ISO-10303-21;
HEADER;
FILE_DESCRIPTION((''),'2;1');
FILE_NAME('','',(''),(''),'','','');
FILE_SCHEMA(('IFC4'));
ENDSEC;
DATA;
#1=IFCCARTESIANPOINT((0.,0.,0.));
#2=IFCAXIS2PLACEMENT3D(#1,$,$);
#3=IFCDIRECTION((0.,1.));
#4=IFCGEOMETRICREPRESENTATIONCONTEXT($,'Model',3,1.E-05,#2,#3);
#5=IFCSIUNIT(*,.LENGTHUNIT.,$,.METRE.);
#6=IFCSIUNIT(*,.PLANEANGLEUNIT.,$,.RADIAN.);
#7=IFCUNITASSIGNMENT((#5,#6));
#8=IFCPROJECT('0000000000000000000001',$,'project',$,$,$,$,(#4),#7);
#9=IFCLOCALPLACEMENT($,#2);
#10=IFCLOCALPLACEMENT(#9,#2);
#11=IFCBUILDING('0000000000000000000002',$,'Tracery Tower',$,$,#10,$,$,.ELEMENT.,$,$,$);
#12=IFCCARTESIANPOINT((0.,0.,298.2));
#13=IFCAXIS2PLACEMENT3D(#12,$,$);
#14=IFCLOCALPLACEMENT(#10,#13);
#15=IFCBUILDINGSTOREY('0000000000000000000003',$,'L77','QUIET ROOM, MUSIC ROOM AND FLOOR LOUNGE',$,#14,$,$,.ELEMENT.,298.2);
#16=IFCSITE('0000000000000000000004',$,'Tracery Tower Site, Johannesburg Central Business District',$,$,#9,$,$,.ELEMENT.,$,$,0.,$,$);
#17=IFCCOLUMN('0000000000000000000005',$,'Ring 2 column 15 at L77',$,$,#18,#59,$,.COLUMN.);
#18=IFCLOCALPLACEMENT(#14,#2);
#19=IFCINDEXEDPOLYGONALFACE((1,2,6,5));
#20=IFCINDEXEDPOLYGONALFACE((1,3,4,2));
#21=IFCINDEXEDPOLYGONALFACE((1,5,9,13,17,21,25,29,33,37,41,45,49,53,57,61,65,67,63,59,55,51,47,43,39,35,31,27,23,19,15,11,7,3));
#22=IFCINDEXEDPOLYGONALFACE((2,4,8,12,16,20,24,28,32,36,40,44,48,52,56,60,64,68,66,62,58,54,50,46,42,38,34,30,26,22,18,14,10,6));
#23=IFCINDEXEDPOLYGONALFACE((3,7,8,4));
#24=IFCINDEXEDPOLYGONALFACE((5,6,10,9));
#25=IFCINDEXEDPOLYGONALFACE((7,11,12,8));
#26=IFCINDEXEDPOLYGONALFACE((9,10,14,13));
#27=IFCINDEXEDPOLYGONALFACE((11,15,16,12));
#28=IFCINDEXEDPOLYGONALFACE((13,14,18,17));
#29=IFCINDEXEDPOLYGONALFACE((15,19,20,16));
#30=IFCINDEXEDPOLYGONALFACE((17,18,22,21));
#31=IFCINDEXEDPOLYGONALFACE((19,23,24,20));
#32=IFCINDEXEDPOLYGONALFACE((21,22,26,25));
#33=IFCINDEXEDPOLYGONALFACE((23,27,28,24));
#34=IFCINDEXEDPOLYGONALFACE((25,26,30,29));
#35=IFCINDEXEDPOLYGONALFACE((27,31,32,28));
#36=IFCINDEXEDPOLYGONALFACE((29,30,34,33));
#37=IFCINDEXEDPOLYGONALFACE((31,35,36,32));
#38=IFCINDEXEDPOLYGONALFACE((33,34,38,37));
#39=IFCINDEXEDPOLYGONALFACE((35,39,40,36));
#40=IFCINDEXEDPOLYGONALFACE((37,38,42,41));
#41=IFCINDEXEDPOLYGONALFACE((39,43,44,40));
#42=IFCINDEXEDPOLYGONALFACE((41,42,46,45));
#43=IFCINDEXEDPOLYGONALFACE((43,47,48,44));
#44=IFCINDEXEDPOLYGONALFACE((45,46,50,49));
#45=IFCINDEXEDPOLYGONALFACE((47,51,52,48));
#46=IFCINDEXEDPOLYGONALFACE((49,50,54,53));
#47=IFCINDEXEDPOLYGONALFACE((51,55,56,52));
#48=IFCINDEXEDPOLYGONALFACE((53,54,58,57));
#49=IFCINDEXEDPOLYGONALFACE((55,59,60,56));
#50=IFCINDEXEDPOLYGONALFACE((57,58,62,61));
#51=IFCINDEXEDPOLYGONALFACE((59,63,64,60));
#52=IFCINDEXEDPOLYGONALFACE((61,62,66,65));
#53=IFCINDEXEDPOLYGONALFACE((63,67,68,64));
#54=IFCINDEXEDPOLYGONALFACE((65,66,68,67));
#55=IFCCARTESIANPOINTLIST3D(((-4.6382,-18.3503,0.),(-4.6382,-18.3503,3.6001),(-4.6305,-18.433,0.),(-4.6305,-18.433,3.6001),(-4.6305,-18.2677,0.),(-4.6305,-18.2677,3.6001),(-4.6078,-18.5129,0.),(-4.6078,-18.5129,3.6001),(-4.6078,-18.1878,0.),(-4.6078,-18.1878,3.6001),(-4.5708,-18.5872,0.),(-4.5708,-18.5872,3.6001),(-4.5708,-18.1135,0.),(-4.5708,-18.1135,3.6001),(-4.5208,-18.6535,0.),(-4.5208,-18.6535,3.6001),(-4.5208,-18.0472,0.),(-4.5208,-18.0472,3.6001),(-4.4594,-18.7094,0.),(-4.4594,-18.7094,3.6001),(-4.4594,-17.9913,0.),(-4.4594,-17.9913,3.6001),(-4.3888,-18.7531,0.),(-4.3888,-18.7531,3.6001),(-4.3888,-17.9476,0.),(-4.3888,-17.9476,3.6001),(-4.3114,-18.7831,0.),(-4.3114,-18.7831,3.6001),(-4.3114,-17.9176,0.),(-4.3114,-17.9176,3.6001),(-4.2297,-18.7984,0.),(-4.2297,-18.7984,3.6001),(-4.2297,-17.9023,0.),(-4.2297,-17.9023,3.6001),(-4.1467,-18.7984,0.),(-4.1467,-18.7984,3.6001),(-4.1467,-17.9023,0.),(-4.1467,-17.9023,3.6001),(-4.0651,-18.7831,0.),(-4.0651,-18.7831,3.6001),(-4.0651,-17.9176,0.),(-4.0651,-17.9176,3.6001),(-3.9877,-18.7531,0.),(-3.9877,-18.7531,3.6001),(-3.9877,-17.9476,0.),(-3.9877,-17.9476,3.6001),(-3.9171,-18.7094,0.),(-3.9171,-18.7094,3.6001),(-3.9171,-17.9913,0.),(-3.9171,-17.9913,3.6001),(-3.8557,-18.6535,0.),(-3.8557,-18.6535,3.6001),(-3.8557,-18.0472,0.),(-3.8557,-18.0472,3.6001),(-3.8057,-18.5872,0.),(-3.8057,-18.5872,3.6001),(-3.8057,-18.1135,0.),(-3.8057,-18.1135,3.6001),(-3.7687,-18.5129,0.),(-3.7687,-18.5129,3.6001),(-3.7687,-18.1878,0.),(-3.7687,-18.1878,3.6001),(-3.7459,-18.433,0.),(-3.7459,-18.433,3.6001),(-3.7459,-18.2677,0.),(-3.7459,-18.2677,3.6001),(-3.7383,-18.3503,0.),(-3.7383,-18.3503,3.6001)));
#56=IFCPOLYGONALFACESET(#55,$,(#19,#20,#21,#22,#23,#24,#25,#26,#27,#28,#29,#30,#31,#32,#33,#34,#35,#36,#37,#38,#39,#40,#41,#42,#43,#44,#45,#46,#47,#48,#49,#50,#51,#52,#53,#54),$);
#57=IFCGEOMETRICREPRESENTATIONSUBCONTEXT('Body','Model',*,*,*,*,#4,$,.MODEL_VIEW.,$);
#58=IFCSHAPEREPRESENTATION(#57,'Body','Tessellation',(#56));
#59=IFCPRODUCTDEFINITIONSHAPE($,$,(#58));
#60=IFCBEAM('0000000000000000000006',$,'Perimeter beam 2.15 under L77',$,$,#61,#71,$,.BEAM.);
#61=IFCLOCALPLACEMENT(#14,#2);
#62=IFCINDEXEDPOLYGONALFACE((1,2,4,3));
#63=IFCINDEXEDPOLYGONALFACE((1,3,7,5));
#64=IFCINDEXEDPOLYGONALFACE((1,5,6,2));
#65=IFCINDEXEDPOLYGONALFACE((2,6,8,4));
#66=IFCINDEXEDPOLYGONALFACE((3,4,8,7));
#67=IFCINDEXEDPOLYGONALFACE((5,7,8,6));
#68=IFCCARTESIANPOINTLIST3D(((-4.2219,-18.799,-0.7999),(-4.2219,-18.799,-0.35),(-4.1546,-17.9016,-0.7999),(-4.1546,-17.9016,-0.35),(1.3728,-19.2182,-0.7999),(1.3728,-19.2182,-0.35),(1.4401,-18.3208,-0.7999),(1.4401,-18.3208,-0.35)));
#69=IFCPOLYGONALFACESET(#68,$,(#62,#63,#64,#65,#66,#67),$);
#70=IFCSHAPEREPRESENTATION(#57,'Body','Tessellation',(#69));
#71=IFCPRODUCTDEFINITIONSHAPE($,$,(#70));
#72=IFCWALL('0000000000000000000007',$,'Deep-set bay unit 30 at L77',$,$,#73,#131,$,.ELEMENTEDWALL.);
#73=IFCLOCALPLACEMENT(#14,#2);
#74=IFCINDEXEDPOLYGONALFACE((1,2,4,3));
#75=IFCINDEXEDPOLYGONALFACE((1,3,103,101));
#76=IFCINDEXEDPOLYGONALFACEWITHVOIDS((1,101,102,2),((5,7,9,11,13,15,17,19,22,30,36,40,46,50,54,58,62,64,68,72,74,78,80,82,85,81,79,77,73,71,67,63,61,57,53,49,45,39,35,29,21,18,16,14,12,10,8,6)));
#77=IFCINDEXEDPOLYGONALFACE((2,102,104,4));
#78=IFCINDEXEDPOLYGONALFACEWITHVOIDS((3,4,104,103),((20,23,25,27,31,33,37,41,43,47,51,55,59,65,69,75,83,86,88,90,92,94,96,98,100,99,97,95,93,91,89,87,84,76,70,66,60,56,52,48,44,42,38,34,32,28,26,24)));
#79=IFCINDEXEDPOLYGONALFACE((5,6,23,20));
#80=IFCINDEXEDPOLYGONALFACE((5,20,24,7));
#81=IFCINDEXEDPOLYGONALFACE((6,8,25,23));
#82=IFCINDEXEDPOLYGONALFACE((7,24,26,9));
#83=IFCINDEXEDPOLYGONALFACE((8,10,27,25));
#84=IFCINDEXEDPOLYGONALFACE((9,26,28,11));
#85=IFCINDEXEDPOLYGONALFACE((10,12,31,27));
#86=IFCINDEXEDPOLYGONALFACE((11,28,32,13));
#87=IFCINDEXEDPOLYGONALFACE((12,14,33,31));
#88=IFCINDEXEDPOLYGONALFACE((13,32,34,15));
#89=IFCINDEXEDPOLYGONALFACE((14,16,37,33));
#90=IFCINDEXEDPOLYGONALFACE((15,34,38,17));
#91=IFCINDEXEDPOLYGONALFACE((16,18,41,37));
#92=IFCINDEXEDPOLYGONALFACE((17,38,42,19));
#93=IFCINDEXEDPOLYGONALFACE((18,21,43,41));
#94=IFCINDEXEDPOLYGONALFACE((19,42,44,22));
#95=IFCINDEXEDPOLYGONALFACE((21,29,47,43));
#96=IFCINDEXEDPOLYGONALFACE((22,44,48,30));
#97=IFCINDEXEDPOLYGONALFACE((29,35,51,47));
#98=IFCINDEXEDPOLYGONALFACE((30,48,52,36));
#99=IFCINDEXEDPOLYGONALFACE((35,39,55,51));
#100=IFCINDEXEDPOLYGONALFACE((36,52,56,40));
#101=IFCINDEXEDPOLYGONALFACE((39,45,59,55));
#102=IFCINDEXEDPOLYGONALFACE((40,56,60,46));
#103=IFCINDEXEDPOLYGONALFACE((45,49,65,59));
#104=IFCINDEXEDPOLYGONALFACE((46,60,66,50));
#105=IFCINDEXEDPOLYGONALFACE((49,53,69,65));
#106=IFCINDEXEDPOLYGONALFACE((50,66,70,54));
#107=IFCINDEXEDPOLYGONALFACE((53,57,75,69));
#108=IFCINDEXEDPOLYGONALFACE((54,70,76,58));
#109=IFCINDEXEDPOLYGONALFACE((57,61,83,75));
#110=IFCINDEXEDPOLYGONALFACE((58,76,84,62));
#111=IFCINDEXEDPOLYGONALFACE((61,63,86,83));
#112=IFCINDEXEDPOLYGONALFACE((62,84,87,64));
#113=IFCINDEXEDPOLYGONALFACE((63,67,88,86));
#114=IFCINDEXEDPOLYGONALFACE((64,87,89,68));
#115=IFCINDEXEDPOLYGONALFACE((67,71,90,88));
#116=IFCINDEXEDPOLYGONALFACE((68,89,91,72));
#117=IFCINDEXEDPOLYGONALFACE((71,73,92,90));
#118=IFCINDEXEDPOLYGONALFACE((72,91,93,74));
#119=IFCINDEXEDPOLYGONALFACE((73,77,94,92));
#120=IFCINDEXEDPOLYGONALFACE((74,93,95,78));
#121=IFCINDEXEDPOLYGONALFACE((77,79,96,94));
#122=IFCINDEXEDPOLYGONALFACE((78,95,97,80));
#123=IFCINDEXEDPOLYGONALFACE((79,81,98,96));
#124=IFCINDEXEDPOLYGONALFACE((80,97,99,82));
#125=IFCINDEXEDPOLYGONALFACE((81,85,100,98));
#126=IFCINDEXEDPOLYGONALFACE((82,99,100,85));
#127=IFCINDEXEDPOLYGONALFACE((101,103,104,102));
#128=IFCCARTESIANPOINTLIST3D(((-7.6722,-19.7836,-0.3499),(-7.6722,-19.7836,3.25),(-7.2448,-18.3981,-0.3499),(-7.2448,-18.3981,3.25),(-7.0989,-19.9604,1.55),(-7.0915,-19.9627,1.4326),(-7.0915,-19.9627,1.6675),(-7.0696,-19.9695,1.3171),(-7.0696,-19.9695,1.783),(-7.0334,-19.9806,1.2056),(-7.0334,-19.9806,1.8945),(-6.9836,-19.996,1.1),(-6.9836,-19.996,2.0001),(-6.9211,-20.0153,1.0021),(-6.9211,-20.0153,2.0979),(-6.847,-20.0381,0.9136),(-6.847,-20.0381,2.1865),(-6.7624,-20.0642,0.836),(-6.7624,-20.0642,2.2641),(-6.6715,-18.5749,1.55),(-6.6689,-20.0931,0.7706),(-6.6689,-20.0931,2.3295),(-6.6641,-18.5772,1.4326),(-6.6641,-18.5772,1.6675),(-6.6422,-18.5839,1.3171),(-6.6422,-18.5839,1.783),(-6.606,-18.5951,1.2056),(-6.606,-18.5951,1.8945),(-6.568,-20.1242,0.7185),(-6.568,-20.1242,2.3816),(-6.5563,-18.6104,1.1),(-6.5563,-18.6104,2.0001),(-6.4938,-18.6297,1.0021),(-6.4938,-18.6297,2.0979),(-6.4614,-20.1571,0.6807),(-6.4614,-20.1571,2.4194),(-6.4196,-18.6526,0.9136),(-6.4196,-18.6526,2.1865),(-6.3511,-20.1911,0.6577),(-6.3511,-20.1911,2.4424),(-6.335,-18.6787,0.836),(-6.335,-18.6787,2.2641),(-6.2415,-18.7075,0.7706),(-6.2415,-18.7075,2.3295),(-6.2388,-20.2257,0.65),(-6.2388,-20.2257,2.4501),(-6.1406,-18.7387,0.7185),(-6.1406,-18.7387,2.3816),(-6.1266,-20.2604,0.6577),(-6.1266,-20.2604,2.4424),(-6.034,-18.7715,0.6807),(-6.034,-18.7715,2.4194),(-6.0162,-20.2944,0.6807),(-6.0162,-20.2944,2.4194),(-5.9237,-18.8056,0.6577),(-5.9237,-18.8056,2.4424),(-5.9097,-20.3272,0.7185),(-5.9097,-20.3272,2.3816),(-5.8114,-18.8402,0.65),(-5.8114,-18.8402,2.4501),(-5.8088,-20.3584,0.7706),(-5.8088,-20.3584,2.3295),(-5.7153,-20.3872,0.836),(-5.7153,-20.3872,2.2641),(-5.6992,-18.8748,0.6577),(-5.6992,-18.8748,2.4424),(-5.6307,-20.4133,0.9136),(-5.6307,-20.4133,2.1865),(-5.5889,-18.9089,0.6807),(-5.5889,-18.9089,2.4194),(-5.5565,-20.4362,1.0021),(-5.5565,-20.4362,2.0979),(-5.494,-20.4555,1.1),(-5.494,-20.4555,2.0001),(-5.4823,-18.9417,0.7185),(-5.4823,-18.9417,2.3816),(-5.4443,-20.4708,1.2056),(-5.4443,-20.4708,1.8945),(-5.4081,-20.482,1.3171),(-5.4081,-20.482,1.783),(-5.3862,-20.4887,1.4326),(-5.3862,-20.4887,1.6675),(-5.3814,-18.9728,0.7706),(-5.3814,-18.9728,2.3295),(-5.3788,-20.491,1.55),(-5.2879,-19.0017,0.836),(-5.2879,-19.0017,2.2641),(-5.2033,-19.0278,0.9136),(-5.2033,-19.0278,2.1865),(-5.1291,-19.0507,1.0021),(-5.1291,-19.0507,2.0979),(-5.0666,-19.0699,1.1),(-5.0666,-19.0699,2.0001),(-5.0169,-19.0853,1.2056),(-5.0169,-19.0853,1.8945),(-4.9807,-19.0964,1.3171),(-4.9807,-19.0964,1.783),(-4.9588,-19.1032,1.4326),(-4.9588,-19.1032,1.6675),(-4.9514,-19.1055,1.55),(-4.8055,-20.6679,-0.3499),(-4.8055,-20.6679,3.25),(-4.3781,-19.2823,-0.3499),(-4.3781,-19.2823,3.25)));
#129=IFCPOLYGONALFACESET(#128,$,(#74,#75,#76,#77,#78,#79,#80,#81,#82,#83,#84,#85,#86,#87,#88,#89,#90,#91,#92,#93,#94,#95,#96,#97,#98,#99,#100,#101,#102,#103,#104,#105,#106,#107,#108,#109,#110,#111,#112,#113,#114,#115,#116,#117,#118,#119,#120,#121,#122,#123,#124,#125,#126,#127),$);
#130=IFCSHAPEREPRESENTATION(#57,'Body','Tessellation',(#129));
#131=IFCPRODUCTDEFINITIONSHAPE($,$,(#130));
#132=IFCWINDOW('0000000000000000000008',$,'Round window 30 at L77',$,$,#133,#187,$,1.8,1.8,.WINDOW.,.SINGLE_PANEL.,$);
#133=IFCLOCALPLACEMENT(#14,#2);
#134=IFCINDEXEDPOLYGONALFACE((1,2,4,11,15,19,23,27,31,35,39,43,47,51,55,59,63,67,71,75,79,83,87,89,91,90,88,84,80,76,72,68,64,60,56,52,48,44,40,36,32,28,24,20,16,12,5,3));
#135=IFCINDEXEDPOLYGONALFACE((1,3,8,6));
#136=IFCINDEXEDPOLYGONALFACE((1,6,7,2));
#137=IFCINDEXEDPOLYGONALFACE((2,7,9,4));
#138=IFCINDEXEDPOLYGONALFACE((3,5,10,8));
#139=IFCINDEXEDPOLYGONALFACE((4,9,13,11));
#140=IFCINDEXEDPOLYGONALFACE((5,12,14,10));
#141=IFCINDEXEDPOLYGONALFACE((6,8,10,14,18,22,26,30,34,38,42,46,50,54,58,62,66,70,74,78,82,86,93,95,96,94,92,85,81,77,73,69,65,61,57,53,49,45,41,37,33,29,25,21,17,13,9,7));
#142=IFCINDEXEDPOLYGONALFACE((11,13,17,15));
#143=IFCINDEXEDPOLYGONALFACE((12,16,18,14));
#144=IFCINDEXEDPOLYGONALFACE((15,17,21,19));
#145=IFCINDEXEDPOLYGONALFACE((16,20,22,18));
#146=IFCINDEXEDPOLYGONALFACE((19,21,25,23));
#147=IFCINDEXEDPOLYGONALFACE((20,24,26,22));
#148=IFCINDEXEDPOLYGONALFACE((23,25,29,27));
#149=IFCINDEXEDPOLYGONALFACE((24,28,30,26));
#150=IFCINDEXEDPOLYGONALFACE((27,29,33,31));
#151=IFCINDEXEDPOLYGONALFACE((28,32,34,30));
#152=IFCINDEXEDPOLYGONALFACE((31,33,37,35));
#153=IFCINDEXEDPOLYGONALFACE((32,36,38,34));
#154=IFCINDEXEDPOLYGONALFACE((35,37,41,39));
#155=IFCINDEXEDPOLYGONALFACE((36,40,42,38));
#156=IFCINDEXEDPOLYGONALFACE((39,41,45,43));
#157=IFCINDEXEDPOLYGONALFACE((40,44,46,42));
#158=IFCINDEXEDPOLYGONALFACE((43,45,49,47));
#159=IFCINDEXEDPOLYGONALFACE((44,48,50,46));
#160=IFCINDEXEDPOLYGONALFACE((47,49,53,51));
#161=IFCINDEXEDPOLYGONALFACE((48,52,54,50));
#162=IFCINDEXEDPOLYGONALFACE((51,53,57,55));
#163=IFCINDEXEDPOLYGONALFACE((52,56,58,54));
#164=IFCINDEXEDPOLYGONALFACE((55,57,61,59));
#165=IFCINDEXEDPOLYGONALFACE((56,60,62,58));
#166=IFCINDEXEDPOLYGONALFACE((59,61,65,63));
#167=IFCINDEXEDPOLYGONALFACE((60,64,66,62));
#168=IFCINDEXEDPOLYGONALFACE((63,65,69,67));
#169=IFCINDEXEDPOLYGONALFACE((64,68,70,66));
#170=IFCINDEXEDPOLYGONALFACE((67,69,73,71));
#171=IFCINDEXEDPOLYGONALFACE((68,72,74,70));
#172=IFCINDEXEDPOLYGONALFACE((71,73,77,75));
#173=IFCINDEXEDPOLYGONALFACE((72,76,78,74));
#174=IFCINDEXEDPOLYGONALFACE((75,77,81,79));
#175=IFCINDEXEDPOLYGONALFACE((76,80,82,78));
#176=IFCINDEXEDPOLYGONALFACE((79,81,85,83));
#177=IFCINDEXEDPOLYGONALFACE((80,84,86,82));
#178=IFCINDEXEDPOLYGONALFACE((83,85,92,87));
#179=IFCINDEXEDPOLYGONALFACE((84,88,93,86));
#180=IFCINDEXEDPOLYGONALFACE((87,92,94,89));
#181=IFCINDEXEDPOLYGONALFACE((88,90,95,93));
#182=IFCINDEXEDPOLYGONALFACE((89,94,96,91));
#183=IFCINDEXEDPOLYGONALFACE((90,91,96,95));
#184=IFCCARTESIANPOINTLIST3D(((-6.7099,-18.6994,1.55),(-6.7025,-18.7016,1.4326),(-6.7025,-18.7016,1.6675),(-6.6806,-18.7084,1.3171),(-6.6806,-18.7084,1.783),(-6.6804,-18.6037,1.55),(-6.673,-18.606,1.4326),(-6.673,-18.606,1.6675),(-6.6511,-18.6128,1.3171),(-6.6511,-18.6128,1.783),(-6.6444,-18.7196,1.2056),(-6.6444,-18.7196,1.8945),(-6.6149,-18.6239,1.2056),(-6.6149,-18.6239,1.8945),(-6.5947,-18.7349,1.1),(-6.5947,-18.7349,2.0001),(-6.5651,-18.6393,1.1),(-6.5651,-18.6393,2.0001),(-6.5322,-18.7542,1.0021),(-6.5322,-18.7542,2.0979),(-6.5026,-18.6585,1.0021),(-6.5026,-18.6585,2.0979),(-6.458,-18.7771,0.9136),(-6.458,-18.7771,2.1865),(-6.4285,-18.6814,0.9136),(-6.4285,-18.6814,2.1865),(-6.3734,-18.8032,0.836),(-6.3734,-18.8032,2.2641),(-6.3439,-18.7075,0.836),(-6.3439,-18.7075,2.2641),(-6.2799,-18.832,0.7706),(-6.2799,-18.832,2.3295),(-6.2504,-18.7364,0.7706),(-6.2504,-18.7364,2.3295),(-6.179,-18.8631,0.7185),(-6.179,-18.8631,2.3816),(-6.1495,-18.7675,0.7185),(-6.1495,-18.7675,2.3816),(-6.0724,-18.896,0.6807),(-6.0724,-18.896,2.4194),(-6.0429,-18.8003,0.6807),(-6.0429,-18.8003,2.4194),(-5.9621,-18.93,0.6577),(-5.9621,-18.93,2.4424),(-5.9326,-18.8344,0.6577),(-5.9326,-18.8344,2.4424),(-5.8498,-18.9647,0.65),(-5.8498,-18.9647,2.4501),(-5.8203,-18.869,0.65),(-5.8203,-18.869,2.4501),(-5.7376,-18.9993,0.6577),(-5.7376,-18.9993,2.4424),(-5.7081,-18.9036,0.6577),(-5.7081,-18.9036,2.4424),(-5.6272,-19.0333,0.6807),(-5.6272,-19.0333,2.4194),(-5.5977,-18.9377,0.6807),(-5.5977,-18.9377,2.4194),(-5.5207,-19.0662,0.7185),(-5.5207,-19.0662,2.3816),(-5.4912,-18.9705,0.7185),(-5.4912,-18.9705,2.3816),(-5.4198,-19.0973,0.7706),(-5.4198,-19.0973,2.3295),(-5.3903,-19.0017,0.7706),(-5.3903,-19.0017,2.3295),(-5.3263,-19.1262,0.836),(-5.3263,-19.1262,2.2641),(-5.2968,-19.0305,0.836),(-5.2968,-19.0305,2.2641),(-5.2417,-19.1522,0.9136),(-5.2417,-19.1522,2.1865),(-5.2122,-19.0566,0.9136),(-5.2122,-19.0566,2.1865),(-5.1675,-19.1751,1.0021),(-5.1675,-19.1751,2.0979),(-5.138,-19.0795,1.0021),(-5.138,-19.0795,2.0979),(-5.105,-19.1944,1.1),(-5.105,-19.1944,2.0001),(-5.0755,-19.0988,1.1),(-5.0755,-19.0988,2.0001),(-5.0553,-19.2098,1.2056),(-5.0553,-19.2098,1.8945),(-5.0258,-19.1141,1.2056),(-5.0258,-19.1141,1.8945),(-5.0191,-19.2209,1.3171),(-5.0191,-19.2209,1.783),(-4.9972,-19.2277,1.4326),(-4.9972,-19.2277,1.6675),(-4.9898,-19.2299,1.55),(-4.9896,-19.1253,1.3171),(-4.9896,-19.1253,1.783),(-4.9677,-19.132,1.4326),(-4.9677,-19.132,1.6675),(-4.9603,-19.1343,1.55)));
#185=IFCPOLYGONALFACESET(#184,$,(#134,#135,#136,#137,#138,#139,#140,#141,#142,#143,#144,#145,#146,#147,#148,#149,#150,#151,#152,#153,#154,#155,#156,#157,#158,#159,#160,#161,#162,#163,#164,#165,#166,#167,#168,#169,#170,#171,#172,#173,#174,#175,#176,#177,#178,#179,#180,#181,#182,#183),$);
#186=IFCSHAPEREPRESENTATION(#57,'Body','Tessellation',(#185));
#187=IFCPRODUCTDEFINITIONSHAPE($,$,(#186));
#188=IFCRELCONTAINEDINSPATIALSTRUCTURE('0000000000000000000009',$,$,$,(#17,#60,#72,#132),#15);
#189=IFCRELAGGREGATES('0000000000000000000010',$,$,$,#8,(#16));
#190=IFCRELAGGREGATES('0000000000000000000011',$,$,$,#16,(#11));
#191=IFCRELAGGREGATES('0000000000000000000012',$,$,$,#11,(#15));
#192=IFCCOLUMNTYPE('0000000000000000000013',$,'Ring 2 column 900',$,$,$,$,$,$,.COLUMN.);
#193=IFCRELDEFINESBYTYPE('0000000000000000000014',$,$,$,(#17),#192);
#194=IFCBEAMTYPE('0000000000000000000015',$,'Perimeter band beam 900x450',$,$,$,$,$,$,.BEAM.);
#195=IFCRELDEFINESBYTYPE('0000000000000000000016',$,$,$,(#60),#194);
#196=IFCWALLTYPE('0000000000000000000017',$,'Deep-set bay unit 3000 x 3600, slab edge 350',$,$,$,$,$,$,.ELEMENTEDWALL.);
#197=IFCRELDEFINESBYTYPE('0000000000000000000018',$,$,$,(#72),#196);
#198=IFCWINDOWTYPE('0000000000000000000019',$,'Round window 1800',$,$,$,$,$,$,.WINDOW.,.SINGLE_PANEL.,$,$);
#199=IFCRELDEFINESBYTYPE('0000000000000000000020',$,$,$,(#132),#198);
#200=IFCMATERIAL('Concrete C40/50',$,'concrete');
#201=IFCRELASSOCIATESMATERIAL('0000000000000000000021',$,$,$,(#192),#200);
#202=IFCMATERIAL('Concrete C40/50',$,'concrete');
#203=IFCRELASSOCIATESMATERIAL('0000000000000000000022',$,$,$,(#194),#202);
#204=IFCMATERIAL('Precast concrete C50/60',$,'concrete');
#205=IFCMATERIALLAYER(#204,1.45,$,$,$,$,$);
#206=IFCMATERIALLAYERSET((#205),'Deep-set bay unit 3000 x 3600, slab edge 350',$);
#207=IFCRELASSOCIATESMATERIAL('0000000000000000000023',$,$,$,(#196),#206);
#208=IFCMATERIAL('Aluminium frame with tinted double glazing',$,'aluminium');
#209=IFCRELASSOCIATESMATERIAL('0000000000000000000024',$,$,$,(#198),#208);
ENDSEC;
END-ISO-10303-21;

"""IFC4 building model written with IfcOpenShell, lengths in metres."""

from ifc_helpers import new_model, si_unit, direction, frame, frame_2d, origin, origin_2d, place, context, subcontext, project, spatial, rectangle, circle, extrude, material, layer, layer_set, material_profile, profile_set, type_object, element, fill, save


model = new_model("IFC4")

# Units and contexts
model_context = context("Model", 3, precision=1e-05, world=origin(), true_north=direction((0.0, 1.0)))
body_context = subcontext(model_context, "Body", "Model", "MODEL_VIEW")
ifc_project = project(units=[si_unit("LENGTHUNIT", "METRE"), si_unit("PLANEANGLEUNIT", "RADIAN")], contexts=[model_context])

# Site, building, storey
site_placement = place(None, origin())
site = spatial("IfcSite", under=ifc_project, at=site_placement, Name="Tracery Tower Site, Johannesburg Central Business District", CompositionType="ELEMENT", RefElevation=0.0)
building_placement = place(site_placement, origin())
building = spatial("IfcBuilding", under=site, at=building_placement, Name="Tracery Tower", CompositionType="ELEMENT")
storey_placement = place(building_placement, frame((0.0, 0.0, 298.2)))
storey = spatial("IfcBuildingStorey", under=building, at=storey_placement, Name="L77", Description="QUIET ROOM, MUSIC ROOM AND FLOOR LOUNGE", CompositionType="ELEMENT", Elevation=298.2)

# Column
ifc_material_1 = material(Name="Concrete C40/50", Category="concrete")
ifc_material_profile_1 = material_profile(ifc_material_1, circle(Radius=0.45, at=origin_2d()), Name="RC D900")
ifc_profile_set_1 = profile_set([ifc_material_profile_1], Name="Concrete C40/50")
column_type = type_object("IfcColumnType", Name="Ring 2 column 900", PredefinedType="COLUMN", material=ifc_profile_set_1)
column_placement = place(storey_placement, frame((-4.1882, -18.3503, 0.0), z_axis=(0.0, 0.0, 1.0), x_axis=(1.0, 0.0, 0.0)))
element("IfcColumn", 1, at=column_placement, inside=storey, type_object=column_type, Name="Ring 2 column 15 at L77", PredefinedType="COLUMN", context=body_context, shape_type="SweptSolid", body=[
    extrude(circle(Radius=0.45, at=origin_2d()), origin(), (0.0, 0.0, 1.0), 3.6001),
])

# Beam
ifc_material_2 = material(Name="Concrete C40/50", Category="concrete")
ifc_material_profile_2 = material_profile(ifc_material_2, rectangle(XDim=0.8999, YDim=0.45, at=origin_2d()), Name="RC 900x450")
ifc_profile_set_2 = profile_set([ifc_material_profile_2], Name="Concrete C40/50")
beam_type = type_object("IfcBeamType", Name="Perimeter band beam 900x450", PredefinedType="BEAM", material=ifc_profile_set_2)
beam_placement = place(storey_placement, frame((-4.1882, -18.3503, -0.575), z_axis=(0.997205, -0.074716, 0.0), x_axis=(0.074716, 0.997205, 0.0)))
element("IfcBeam", 2, at=beam_placement, inside=storey, type_object=beam_type, Name="Perimeter beam 2.15 under L77", PredefinedType="BEAM", context=body_context, shape_type="SweptSolid", body=[
    extrude(rectangle(XDim=0.8999, YDim=0.45, at=origin_2d()), origin(), (0.0, 0.0, 1.0), 5.6104),
])

# Wall, opening, window
ifc_material_3 = material(Name="Precast concrete C50/60", Category="concrete")
ifc_layer_1 = layer(ifc_material_3, 1.45)
ifc_layer_set_1 = layer_set([ifc_layer_1], Name="Deep-set bay unit 3000 x 3600, slab edge 350")
wall_type_1 = type_object("IfcWallType", Name="Deep-set bay unit 3000 x 3600, slab edge 350", PredefinedType="ELEMENTEDWALL", material=ifc_layer_set_1)
wall_1_placement = place(storey_placement, frame((-7.4585, -19.0908, -0.3499), z_axis=(0.0, 0.0, 1.0), x_axis=(0.955571, -0.294761, 0.0)))
wall_1 = element("IfcWall", 3, at=wall_1_placement, inside=storey, type_object=wall_type_1, Name="Deep-set bay unit 30 at L77", PredefinedType="ELEMENTEDWALL", context=body_context, shape_type="SweptSolid", body=[
    extrude(rectangle(XDim=3.0, YDim=1.45, at=frame_2d((1.5, 0.0))), origin(), (0.0, 0.0, 1.0), 3.5999),
])
opening_1_placement = place(wall_1_placement, frame((1.5, 0.0, 1.8999)))
opening_1 = element("IfcOpeningElement", 4, at=opening_1_placement, cuts=wall_1, PredefinedType="OPENING", context=body_context, shape_type="SweptSolid", body=[
    extrude(circle(Radius=0.9, at=origin_2d()), frame((0.0, 0.7349, 0.0), z_axis=(0.0, -1.0, 0.0), x_axis=(1.0, 0.0, 0.0)), (0.0, 0.0, 1.0), 1.47),
])
ifc_material_4 = material(Name="Aluminium frame with tinted double glazing", Category="aluminium")
window_type = type_object("IfcWindowType", Name="Round window 1800", PartitioningType="SINGLE_PANEL", PredefinedType="WINDOW", material=ifc_material_4)
window_1_placement = place(opening_1_placement, origin())
window_1 = element("IfcWindow", 5, at=window_1_placement, inside=storey, type_object=window_type, Name="Round window 30 at L77", OverallHeight=1.8, OverallWidth=1.8, PartitioningType="SINGLE_PANEL", PredefinedType="WINDOW", context=body_context, shape_type="SweptSolid", body=[
    extrude(circle(Radius=0.9, at=origin_2d()), frame((0.0, 0.6948, 0.0), z_axis=(0.0, -1.0, 0.0), x_axis=(1.0, 0.0, 0.0)), (0.0, 0.0, 1.0), 0.1001),
])
fill(opening_1, window_1)

save(model, "model.ifc")
